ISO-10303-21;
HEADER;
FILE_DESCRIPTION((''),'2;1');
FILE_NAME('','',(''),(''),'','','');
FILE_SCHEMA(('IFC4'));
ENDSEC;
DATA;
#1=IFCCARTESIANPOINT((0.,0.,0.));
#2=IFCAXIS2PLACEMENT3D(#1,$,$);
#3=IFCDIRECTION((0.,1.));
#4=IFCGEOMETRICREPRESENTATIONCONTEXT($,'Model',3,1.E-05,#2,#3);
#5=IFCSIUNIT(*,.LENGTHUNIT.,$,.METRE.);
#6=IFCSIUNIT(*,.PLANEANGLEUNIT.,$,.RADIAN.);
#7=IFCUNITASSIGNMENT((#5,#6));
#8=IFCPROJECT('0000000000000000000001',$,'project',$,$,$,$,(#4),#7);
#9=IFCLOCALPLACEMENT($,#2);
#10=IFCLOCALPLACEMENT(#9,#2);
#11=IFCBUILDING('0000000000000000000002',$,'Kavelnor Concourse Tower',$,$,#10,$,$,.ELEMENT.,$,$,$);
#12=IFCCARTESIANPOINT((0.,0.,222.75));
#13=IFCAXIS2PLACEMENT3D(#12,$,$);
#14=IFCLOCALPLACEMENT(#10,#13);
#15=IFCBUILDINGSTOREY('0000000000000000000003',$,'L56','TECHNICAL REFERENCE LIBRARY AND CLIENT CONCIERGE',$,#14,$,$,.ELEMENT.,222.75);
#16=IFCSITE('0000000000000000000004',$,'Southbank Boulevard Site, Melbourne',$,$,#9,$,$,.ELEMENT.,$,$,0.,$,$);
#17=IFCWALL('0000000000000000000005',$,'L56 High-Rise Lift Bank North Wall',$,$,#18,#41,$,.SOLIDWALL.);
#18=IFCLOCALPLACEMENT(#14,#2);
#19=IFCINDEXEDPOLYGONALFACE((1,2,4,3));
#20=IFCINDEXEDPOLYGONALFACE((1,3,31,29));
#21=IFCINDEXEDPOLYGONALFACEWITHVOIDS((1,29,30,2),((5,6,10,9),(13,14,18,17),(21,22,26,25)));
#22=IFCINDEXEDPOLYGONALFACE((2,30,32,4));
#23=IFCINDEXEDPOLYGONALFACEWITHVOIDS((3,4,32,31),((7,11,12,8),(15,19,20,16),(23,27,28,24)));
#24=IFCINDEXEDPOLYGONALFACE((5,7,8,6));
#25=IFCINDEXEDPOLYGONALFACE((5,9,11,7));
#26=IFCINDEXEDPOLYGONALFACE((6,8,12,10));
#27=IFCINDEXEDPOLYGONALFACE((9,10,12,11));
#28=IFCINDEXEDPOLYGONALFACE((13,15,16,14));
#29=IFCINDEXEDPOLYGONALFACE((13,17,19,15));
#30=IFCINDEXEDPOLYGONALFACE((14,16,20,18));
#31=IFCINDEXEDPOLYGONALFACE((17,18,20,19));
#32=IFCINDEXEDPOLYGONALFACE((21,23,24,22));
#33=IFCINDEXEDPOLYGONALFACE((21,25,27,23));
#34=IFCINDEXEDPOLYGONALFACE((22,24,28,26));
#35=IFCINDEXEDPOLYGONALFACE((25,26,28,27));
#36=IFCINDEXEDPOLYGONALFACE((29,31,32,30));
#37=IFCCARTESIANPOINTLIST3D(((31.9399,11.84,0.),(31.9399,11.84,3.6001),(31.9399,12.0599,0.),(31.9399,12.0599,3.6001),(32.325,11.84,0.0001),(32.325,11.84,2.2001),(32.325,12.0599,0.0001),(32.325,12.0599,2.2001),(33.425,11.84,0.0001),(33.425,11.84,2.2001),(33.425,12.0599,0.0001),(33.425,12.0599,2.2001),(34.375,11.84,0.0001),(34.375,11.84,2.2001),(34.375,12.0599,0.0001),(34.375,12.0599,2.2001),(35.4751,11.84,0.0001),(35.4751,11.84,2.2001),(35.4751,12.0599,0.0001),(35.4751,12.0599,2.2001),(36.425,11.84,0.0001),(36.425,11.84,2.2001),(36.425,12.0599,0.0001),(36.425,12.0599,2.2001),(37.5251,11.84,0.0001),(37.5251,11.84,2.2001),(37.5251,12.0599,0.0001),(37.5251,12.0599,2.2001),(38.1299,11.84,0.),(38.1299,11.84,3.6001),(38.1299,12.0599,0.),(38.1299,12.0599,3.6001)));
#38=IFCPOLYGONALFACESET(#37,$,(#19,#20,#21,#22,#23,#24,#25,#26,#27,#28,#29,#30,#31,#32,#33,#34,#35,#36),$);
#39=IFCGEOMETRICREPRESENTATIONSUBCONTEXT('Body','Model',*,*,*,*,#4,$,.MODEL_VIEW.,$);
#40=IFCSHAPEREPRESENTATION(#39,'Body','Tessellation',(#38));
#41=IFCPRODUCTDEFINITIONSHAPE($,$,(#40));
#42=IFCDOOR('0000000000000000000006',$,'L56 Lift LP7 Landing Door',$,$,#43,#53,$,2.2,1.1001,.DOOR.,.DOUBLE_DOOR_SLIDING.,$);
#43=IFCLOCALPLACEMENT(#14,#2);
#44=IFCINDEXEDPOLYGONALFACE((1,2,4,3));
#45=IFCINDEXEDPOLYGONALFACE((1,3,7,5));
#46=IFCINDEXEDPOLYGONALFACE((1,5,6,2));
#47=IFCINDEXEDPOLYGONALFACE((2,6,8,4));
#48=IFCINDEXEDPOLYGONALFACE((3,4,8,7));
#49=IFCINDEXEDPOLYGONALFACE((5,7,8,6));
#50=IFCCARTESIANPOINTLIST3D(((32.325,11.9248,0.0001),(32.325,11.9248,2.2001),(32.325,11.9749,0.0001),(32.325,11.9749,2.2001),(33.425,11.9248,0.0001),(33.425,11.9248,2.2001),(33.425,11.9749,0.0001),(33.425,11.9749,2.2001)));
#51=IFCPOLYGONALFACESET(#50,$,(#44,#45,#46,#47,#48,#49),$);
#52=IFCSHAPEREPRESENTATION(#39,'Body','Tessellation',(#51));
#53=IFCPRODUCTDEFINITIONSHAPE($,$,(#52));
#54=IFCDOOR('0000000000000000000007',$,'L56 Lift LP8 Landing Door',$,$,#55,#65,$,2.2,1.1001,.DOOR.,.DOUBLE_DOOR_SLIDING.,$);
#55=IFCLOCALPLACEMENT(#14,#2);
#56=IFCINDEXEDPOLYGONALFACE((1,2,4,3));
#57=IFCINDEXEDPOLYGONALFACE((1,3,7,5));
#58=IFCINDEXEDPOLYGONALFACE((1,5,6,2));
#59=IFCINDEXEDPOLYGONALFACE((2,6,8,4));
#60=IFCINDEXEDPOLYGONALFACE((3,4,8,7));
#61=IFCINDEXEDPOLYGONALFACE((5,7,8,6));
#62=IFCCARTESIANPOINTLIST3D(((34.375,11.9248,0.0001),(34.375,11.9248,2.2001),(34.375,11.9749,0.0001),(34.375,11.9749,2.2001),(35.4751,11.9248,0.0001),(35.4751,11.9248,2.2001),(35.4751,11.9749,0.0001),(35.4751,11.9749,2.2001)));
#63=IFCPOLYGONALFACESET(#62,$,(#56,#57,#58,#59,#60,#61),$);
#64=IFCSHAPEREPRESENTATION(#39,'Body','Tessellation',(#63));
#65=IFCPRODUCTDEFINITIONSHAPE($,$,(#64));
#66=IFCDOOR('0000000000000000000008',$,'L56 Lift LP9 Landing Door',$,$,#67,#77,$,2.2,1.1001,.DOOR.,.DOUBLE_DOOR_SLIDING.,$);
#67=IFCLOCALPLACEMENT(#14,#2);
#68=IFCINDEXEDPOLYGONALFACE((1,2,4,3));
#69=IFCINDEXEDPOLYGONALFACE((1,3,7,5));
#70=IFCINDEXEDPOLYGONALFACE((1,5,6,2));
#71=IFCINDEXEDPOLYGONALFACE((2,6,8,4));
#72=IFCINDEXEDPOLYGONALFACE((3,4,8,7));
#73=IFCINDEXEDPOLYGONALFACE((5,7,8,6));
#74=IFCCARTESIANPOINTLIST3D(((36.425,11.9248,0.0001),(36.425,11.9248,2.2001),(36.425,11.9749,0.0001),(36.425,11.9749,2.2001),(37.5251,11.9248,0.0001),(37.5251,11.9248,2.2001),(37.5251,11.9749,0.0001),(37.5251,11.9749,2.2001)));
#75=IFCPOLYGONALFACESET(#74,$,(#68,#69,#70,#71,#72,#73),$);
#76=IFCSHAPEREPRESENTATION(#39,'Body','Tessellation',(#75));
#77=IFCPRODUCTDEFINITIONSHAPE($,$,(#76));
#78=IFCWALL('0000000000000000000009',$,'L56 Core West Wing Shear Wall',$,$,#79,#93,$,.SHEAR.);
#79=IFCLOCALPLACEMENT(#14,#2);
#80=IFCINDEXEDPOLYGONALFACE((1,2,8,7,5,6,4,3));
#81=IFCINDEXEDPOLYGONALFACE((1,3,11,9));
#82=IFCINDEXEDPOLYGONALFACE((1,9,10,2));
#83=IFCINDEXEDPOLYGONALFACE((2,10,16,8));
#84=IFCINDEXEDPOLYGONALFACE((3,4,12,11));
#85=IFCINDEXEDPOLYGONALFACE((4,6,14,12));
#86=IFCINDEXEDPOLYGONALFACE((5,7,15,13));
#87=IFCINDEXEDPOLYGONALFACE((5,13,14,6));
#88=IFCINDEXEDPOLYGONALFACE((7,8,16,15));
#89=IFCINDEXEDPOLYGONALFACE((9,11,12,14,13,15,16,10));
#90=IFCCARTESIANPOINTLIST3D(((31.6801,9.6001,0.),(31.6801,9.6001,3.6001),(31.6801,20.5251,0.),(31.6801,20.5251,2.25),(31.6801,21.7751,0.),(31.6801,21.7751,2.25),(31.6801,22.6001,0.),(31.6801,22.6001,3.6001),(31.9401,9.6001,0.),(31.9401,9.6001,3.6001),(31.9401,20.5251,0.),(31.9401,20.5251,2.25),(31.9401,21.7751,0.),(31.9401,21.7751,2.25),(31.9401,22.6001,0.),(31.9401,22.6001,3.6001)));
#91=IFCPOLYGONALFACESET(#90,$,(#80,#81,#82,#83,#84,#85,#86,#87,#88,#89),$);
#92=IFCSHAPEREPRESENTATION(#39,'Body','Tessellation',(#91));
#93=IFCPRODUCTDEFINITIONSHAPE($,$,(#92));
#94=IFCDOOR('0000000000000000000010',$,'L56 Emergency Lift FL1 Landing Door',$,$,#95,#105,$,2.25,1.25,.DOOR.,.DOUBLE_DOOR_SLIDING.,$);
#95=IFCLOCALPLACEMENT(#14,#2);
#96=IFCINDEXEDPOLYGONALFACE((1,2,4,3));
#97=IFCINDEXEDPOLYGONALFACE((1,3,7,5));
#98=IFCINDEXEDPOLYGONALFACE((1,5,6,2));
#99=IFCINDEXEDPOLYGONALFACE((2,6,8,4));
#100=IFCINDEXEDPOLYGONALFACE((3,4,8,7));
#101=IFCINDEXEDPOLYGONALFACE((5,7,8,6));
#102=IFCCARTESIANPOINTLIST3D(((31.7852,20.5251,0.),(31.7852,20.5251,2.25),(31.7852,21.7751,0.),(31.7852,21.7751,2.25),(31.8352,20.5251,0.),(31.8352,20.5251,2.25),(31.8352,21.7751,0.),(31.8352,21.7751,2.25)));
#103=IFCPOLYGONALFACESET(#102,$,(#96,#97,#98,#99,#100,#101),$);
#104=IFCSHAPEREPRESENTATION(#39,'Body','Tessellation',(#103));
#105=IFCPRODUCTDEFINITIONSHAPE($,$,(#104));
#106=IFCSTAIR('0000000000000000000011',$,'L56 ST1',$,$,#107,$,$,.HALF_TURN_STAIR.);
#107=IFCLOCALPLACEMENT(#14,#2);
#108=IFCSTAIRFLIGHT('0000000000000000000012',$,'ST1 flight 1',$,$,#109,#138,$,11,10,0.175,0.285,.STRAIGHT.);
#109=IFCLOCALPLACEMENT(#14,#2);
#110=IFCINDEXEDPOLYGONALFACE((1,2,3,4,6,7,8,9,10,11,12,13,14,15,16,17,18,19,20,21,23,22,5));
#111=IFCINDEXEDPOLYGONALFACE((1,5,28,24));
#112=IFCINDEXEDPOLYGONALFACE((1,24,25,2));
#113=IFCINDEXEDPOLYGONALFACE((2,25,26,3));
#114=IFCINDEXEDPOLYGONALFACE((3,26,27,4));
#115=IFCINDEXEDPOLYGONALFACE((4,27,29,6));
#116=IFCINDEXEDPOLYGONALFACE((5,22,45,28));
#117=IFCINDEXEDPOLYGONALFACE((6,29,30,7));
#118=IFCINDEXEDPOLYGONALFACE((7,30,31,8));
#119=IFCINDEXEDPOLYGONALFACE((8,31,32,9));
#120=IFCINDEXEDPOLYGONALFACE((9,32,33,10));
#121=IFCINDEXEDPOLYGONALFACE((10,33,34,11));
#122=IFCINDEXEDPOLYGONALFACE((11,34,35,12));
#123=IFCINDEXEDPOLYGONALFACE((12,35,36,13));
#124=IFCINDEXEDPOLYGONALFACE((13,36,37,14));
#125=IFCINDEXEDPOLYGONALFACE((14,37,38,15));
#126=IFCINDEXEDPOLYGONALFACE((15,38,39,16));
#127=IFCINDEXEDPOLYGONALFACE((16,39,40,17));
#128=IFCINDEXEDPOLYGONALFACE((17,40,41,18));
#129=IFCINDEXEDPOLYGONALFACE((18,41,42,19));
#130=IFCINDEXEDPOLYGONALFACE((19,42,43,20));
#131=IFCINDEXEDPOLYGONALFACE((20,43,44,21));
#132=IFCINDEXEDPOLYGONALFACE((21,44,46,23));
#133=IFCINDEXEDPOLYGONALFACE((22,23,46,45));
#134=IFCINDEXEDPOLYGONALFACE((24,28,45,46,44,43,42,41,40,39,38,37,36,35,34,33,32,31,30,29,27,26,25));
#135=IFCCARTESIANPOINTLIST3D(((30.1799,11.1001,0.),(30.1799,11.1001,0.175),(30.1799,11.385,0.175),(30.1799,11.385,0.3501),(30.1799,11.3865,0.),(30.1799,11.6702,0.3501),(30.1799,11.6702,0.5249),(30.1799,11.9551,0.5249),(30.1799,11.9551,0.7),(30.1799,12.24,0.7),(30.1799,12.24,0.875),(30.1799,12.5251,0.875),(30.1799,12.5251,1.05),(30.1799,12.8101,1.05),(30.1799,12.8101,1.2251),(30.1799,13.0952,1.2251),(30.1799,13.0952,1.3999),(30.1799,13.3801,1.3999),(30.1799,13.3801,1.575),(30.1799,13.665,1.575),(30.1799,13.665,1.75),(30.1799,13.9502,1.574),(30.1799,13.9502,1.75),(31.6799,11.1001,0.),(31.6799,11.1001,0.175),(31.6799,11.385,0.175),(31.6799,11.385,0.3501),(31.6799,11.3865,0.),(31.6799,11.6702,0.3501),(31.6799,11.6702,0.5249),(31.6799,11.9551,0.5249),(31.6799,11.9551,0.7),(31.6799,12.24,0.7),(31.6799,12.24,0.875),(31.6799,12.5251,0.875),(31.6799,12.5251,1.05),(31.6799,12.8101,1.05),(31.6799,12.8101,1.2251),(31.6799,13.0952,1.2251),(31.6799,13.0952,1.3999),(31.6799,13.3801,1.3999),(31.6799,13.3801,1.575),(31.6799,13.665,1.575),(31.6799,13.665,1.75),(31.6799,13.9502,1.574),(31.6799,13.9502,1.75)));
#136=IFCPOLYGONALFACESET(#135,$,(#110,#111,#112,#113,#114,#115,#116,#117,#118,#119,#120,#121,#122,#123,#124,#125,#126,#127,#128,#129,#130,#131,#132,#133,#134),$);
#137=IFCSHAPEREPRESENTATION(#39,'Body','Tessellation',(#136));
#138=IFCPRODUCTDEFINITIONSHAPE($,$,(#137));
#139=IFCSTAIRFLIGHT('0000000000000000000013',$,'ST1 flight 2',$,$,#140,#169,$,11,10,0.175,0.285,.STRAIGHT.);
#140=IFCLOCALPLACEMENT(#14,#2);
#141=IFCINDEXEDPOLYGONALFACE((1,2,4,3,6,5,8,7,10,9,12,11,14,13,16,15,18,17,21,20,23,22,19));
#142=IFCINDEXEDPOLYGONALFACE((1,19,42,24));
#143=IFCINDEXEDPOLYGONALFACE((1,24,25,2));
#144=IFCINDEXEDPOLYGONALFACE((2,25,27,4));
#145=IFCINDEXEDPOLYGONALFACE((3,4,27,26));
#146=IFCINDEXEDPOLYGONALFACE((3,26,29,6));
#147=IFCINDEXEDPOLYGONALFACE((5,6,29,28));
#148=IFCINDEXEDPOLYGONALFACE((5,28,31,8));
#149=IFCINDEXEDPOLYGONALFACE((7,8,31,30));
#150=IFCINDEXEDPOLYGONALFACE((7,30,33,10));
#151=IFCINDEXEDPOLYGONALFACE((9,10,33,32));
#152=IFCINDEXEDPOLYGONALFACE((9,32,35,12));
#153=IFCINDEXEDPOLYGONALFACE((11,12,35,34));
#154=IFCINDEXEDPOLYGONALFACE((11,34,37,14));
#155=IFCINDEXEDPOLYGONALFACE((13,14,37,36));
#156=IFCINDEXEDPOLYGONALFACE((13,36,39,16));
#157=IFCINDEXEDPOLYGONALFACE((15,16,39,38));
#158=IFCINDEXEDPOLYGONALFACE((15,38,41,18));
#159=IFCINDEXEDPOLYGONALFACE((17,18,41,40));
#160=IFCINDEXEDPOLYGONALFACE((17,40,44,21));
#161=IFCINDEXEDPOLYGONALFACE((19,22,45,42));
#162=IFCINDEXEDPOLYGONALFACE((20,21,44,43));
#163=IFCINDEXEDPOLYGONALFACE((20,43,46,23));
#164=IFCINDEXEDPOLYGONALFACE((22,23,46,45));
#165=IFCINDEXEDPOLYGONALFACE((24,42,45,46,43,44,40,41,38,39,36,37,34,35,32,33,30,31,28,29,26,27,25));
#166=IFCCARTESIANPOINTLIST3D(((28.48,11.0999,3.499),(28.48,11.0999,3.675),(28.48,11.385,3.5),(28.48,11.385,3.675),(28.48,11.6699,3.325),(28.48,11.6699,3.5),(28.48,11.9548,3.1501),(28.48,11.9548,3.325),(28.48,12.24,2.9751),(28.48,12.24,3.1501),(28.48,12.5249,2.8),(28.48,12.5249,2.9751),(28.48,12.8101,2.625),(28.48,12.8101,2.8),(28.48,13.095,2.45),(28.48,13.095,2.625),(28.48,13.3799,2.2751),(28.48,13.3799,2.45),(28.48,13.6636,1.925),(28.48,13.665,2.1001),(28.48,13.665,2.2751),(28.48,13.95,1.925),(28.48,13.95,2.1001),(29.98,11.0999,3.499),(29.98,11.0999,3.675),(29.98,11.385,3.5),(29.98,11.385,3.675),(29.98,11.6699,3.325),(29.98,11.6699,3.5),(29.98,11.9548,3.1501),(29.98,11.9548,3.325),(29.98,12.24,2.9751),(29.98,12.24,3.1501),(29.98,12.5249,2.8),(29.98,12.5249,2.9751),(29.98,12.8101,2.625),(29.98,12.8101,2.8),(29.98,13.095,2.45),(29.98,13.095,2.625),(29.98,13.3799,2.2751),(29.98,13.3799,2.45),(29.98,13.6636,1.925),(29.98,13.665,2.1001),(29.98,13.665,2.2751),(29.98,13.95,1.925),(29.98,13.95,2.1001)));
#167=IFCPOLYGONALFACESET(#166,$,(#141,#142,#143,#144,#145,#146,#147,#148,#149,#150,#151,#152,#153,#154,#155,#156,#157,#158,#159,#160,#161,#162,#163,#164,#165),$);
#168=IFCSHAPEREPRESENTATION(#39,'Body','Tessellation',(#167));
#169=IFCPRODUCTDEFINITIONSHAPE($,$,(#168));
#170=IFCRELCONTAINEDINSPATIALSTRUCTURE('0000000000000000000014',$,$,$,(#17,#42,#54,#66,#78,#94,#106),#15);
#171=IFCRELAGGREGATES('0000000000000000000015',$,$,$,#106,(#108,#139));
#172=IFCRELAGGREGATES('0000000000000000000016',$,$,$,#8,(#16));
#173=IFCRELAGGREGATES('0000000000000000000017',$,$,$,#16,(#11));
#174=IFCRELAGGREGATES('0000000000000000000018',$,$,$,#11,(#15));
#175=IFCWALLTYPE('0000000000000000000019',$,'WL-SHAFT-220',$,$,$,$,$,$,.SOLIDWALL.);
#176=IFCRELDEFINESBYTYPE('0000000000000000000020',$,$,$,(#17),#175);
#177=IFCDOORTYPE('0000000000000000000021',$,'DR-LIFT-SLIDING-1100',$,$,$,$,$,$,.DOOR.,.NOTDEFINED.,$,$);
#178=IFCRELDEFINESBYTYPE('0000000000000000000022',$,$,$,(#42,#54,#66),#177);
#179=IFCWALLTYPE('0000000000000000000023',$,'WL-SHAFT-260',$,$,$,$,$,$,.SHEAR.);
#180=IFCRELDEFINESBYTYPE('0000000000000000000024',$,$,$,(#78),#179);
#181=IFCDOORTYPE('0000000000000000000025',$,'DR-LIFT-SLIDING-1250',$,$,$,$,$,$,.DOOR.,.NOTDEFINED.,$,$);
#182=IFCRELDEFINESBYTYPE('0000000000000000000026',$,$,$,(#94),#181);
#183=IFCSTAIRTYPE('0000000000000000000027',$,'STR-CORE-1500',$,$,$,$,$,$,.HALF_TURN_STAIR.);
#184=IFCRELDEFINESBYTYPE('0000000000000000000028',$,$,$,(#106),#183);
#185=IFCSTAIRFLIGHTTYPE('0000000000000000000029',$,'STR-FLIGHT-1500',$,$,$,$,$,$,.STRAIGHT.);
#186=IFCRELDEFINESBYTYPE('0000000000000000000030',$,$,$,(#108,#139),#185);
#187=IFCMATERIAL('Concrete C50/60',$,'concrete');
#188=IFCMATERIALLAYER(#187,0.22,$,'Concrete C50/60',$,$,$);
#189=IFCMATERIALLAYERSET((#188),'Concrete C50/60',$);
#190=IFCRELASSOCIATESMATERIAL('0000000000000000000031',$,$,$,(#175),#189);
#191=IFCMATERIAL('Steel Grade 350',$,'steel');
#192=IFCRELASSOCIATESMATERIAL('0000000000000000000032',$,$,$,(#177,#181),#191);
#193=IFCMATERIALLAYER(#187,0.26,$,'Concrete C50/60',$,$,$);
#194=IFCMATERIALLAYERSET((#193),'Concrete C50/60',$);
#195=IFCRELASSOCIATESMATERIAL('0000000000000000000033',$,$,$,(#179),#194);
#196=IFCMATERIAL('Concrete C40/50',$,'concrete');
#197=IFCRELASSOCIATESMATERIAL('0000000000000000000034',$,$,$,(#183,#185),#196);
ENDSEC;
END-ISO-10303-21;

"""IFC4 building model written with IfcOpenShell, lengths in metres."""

from ifc_helpers import new_model, si_unit, direction, frame, frame_2d, origin, place, context, subcontext, project, spatial, polyline, rectangle, outline, extrude, material, layer, layer_set, type_object, element, fill, aggregate, save


model = new_model("IFC4")

# Units and contexts
model_context = context("Model", 3, precision=1e-05, world=origin(), true_north=direction((0.0, 1.0)))
body_context = subcontext(model_context, "Body", "Model", "MODEL_VIEW")
ifc_project = project(units=[si_unit("LENGTHUNIT", "METRE"), si_unit("PLANEANGLEUNIT", "RADIAN")], contexts=[model_context])

# Site, building, storey
site_placement = place(None, origin())
site = spatial("IfcSite", under=ifc_project, at=site_placement, Name="Southbank Boulevard Site, Melbourne", CompositionType="ELEMENT", RefElevation=0.0)
building_placement = place(site_placement, origin())
building = spatial("IfcBuilding", under=site, at=building_placement, Name="Kavelnor Concourse Tower", CompositionType="ELEMENT")
storey_placement = place(building_placement, frame((0.0, 0.0, 222.75)))
storey = spatial("IfcBuildingStorey", under=building, at=storey_placement, Name="L56", Description="TECHNICAL REFERENCE LIBRARY AND CLIENT CONCIERGE", CompositionType="ELEMENT", Elevation=222.75)

# Shared definitions
ifc_material_1 = material(Name="Steel Grade 350", Category="steel")

# Shared definitions
ifc_material_2 = material(Name="Concrete C50/60", Category="concrete")
ifc_layer_1 = layer(ifc_material_2, 0.22, Name="Concrete C50/60")
ifc_layer_set_1 = layer_set([ifc_layer_1], Name="Concrete C50/60")
wall_type_1 = type_object("IfcWallType", Name="WL-SHAFT-220", PredefinedType="SOLIDWALL", material=ifc_layer_set_1)

# Wall, openings, doors
wall_1_placement = place(storey_placement, frame((31.9399, 11.95, 0.0), z_axis=(0.0, 0.0, 1.0), x_axis=(1.0, 0.0, 0.0)))
wall_1 = element("IfcWall", 1, at=wall_1_placement, inside=storey, type_object=wall_type_1, Name="L56 High-Rise Lift Bank North Wall", PredefinedType="SOLIDWALL", context=body_context, shape_type="SweptSolid", body=[
    extrude(rectangle(XDim=6.1899, YDim=0.22, at=frame_2d((3.095, 0.0))), origin(), (0.0, 0.0, 1.0), 3.6001),
])
opening_1_placement = place(wall_1_placement, frame((0.385, 0.0, 0.0)))
opening_1 = element("IfcOpeningElement", 2, at=opening_1_placement, cuts=wall_1, PredefinedType="OPENING", context=body_context, shape_type="SweptSolid", body=[
    extrude(rectangle(XDim=1.1001, YDim=2.2, at=frame_2d((0.55, 1.1001))), frame((0.0, 0.1201, 0.0), z_axis=(0.0, -1.0, 0.0), x_axis=(1.0, 0.0, 0.0)), (0.0, 0.0, 1.0), 0.24),
])
opening_2_placement = place(wall_1_placement, frame((2.4351, 0.0, 0.0)))
opening_2 = element("IfcOpeningElement", 3, at=opening_2_placement, cuts=wall_1, PredefinedType="OPENING", context=body_context, shape_type="SweptSolid", body=[
    extrude(rectangle(XDim=1.1001, YDim=2.2, at=frame_2d((0.55, 1.1001))), frame((0.0, 0.1201, 0.0), z_axis=(0.0, -1.0, 0.0), x_axis=(1.0, 0.0, 0.0)), (0.0, 0.0, 1.0), 0.24),
])
opening_3_placement = place(wall_1_placement, frame((4.4851, 0.0, 0.0)))
opening_3 = element("IfcOpeningElement", 4, at=opening_3_placement, cuts=wall_1, PredefinedType="OPENING", context=body_context, shape_type="SweptSolid", body=[
    extrude(rectangle(XDim=1.1001, YDim=2.2, at=frame_2d((0.55, 1.1001))), frame((0.0, 0.1201, 0.0), z_axis=(0.0, -1.0, 0.0), x_axis=(1.0, 0.0, 0.0)), (0.0, 0.0, 1.0), 0.24),
])
door_type_1 = type_object("IfcDoorType", Name="DR-LIFT-SLIDING-1100", OperationType="NOTDEFINED", PredefinedType="DOOR", material=ifc_material_1)
door_1_placement = place(opening_1_placement, origin())
door_1 = element("IfcDoor", 5, at=door_1_placement, inside=storey, type_object=door_type_1, Name="L56 Lift LP7 Landing Door", OperationType="DOUBLE_DOOR_SLIDING", OverallHeight=2.2, OverallWidth=1.1001, PredefinedType="DOOR", context=body_context, shape_type="SweptSolid", body=[
    extrude(rectangle(XDim=1.1001, YDim=2.2, at=frame_2d((0.55, 1.1001))), frame((0.0, 0.0249, 0.0), z_axis=(0.0, -1.0, 0.0), x_axis=(1.0, 0.0, 0.0)), (0.0, 0.0, 1.0), 0.05),
])
fill(opening_1, door_1)
door_2_placement = place(opening_2_placement, origin())
door_2 = element("IfcDoor", 6, at=door_2_placement, inside=storey, type_object=door_type_1, Name="L56 Lift LP8 Landing Door", OperationType="DOUBLE_DOOR_SLIDING", OverallHeight=2.2, OverallWidth=1.1001, PredefinedType="DOOR", context=body_context, shape_type="SweptSolid", body=[
    extrude(rectangle(XDim=1.1001, YDim=2.2, at=frame_2d((0.55, 1.1001))), frame((0.0, 0.0249, 0.0), z_axis=(0.0, -1.0, 0.0), x_axis=(1.0, 0.0, 0.0)), (0.0, 0.0, 1.0), 0.05),
])
fill(opening_2, door_2)
door_3_placement = place(opening_3_placement, origin())
door_3 = element("IfcDoor", 7, at=door_3_placement, inside=storey, type_object=door_type_1, Name="L56 Lift LP9 Landing Door", OperationType="DOUBLE_DOOR_SLIDING", OverallHeight=2.2, OverallWidth=1.1001, PredefinedType="DOOR", context=body_context, shape_type="SweptSolid", body=[
    extrude(rectangle(XDim=1.1001, YDim=2.2, at=frame_2d((0.55, 1.1001))), frame((0.0, 0.0249, 0.0), z_axis=(0.0, -1.0, 0.0), x_axis=(1.0, 0.0, 0.0)), (0.0, 0.0, 1.0), 0.05),
])
fill(opening_3, door_3)

# Wall, opening, door
ifc_layer_2 = layer(ifc_material_2, 0.26, Name="Concrete C50/60")
ifc_layer_set_2 = layer_set([ifc_layer_2], Name="Concrete C50/60")
wall_type_2 = type_object("IfcWallType", Name="WL-SHAFT-260", PredefinedType="SHEAR", material=ifc_layer_set_2)
wall_2_placement = place(storey_placement, frame((31.8101, 9.6001, 0.0), z_axis=(0.0, 0.0, 1.0), x_axis=(0.0, 1.0, 0.0)))
wall_2 = element("IfcWall", 8, at=wall_2_placement, inside=storey, type_object=wall_type_2, Name="L56 Core West Wing Shear Wall", PredefinedType="SHEAR", context=body_context, shape_type="SweptSolid", body=[
    extrude(rectangle(XDim=13.0, YDim=0.26, at=frame_2d((6.5, 0.0))), origin(), (0.0, 0.0, 1.0), 3.6001),
])
opening_4_placement = place(wall_2_placement, frame((10.925, 0.0, 0.0)))
opening_4 = element("IfcOpeningElement", 9, at=opening_4_placement, cuts=wall_2, PredefinedType="OPENING", context=body_context, shape_type="SweptSolid", body=[
    extrude(rectangle(XDim=1.25, YDim=2.25, at=frame_2d((0.625, 1.125))), frame((0.0, 0.1401, 0.0), z_axis=(0.0, -1.0, 0.0), x_axis=(1.0, 0.0, 0.0)), (0.0, 0.0, 1.0), 0.28),
])
door_type_2 = type_object("IfcDoorType", Name="DR-LIFT-SLIDING-1250", OperationType="NOTDEFINED", PredefinedType="DOOR", material=ifc_material_1)
door_4_placement = place(opening_4_placement, origin())
door_4 = element("IfcDoor", 10, at=door_4_placement, inside=storey, type_object=door_type_2, Name="L56 Emergency Lift FL1 Landing Door", OperationType="DOUBLE_DOOR_SLIDING", OverallHeight=2.25, OverallWidth=1.25, PredefinedType="DOOR", context=body_context, shape_type="SweptSolid", body=[
    extrude(rectangle(XDim=1.25, YDim=2.25, at=frame_2d((0.625, 1.125))), frame((0.0, 0.0249, 0.0), z_axis=(0.0, -1.0, 0.0), x_axis=(1.0, 0.0, 0.0)), (0.0, 0.0, 1.0), 0.05),
])
fill(opening_4, door_4)

# Stair, stair flights
ifc_material_3 = material(Name="Concrete C40/50", Category="concrete")
stair_type = type_object("IfcStairType", Name="STR-CORE-1500", PredefinedType="HALF_TURN_STAIR", material=ifc_material_3)
stair_placement = place(storey_placement, origin())
stair = element("IfcStair", 11, at=stair_placement, inside=storey, type_object=stair_type, Name="L56 ST1", PredefinedType="HALF_TURN_STAIR")
stair_flight_type = type_object("IfcStairFlightType", Name="STR-FLIGHT-1500", PredefinedType="STRAIGHT", material=ifc_material_3)
stair_flight_1_placement = place(storey_placement, frame((30.9299, 11.1001, 0.0), z_axis=(0.0, 0.0, 1.0), x_axis=(0.0, 1.0, 0.0)))
stair_flight_1 = element("IfcStairFlight", 12, at=stair_flight_1_placement, type_object=stair_flight_type, Name="ST1 flight 1", NumberOfRisers=11, NumberOfTreads=10, PredefinedType="STRAIGHT", RiserHeight=0.175, TreadLength=0.285, context=body_context, shape_type="SweptSolid", body=[
    extrude(outline(polyline([(0.0, 0.0), (0.0, 0.175), (0.2849, 0.175), (0.2849, 0.3501), (0.5701, 0.3501), (0.5701, 0.5249), (0.855, 0.5249), (0.855, 0.7), (1.1399, 0.7), (1.1399, 0.875), (1.425, 0.875), (1.425, 1.05), (1.71, 1.05), (1.71, 1.2251), (1.9951, 1.2251), (1.9951, 1.3999), (2.28, 1.3999), (2.28, 1.575), (2.5649, 1.575), (2.5649, 1.75), (2.8501, 1.75), (2.8501, 1.925), (2.8501, 1.574), (0.2864, 0.0), (0.0, 0.0)])), frame((0.0, 0.75, 0.0), z_axis=(0.0, -1.0, 0.0), x_axis=(1.0, 0.0, 0.0)), (0.0, 0.0, 1.0), 1.5),
])
stair_flight_2_placement = place(storey_placement, frame((29.23, 13.95, 1.925), z_axis=(0.0, 0.0, 1.0), x_axis=(0.0, -1.0, 0.0)))
stair_flight_2 = element("IfcStairFlight", 13, at=stair_flight_2_placement, type_object=stair_flight_type, Name="ST1 flight 2", NumberOfRisers=11, NumberOfTreads=10, PredefinedType="STRAIGHT", RiserHeight=0.175, TreadLength=0.285, context=body_context, shape_type="SweptSolid", body=[
    extrude(outline(polyline([(0.0, 0.0), (0.0, 0.175), (0.2849, 0.175), (0.2849, 0.3501), (0.5701, 0.3501), (0.5701, 0.5249), (0.855, 0.5249), (0.855, 0.7), (1.1399, 0.7), (1.1399, 0.875), (1.425, 0.875), (1.425, 1.05), (1.71, 1.05), (1.71, 1.2251), (1.9951, 1.2251), (1.9951, 1.3999), (2.28, 1.3999), (2.28, 1.575), (2.5649, 1.575), (2.5649, 1.75), (2.8501, 1.75), (2.8501, 1.925), (2.8501, 1.574), (0.2864, 0.0), (0.0, 0.0)])), frame((0.0, 0.75, 0.0), z_axis=(0.0, -1.0, 0.0), x_axis=(1.0, 0.0, 0.0)), (0.0, 0.0, 1.0), 1.5),
])
aggregate(stair, [stair_flight_1, stair_flight_2])

save(model, "model.ifc")
